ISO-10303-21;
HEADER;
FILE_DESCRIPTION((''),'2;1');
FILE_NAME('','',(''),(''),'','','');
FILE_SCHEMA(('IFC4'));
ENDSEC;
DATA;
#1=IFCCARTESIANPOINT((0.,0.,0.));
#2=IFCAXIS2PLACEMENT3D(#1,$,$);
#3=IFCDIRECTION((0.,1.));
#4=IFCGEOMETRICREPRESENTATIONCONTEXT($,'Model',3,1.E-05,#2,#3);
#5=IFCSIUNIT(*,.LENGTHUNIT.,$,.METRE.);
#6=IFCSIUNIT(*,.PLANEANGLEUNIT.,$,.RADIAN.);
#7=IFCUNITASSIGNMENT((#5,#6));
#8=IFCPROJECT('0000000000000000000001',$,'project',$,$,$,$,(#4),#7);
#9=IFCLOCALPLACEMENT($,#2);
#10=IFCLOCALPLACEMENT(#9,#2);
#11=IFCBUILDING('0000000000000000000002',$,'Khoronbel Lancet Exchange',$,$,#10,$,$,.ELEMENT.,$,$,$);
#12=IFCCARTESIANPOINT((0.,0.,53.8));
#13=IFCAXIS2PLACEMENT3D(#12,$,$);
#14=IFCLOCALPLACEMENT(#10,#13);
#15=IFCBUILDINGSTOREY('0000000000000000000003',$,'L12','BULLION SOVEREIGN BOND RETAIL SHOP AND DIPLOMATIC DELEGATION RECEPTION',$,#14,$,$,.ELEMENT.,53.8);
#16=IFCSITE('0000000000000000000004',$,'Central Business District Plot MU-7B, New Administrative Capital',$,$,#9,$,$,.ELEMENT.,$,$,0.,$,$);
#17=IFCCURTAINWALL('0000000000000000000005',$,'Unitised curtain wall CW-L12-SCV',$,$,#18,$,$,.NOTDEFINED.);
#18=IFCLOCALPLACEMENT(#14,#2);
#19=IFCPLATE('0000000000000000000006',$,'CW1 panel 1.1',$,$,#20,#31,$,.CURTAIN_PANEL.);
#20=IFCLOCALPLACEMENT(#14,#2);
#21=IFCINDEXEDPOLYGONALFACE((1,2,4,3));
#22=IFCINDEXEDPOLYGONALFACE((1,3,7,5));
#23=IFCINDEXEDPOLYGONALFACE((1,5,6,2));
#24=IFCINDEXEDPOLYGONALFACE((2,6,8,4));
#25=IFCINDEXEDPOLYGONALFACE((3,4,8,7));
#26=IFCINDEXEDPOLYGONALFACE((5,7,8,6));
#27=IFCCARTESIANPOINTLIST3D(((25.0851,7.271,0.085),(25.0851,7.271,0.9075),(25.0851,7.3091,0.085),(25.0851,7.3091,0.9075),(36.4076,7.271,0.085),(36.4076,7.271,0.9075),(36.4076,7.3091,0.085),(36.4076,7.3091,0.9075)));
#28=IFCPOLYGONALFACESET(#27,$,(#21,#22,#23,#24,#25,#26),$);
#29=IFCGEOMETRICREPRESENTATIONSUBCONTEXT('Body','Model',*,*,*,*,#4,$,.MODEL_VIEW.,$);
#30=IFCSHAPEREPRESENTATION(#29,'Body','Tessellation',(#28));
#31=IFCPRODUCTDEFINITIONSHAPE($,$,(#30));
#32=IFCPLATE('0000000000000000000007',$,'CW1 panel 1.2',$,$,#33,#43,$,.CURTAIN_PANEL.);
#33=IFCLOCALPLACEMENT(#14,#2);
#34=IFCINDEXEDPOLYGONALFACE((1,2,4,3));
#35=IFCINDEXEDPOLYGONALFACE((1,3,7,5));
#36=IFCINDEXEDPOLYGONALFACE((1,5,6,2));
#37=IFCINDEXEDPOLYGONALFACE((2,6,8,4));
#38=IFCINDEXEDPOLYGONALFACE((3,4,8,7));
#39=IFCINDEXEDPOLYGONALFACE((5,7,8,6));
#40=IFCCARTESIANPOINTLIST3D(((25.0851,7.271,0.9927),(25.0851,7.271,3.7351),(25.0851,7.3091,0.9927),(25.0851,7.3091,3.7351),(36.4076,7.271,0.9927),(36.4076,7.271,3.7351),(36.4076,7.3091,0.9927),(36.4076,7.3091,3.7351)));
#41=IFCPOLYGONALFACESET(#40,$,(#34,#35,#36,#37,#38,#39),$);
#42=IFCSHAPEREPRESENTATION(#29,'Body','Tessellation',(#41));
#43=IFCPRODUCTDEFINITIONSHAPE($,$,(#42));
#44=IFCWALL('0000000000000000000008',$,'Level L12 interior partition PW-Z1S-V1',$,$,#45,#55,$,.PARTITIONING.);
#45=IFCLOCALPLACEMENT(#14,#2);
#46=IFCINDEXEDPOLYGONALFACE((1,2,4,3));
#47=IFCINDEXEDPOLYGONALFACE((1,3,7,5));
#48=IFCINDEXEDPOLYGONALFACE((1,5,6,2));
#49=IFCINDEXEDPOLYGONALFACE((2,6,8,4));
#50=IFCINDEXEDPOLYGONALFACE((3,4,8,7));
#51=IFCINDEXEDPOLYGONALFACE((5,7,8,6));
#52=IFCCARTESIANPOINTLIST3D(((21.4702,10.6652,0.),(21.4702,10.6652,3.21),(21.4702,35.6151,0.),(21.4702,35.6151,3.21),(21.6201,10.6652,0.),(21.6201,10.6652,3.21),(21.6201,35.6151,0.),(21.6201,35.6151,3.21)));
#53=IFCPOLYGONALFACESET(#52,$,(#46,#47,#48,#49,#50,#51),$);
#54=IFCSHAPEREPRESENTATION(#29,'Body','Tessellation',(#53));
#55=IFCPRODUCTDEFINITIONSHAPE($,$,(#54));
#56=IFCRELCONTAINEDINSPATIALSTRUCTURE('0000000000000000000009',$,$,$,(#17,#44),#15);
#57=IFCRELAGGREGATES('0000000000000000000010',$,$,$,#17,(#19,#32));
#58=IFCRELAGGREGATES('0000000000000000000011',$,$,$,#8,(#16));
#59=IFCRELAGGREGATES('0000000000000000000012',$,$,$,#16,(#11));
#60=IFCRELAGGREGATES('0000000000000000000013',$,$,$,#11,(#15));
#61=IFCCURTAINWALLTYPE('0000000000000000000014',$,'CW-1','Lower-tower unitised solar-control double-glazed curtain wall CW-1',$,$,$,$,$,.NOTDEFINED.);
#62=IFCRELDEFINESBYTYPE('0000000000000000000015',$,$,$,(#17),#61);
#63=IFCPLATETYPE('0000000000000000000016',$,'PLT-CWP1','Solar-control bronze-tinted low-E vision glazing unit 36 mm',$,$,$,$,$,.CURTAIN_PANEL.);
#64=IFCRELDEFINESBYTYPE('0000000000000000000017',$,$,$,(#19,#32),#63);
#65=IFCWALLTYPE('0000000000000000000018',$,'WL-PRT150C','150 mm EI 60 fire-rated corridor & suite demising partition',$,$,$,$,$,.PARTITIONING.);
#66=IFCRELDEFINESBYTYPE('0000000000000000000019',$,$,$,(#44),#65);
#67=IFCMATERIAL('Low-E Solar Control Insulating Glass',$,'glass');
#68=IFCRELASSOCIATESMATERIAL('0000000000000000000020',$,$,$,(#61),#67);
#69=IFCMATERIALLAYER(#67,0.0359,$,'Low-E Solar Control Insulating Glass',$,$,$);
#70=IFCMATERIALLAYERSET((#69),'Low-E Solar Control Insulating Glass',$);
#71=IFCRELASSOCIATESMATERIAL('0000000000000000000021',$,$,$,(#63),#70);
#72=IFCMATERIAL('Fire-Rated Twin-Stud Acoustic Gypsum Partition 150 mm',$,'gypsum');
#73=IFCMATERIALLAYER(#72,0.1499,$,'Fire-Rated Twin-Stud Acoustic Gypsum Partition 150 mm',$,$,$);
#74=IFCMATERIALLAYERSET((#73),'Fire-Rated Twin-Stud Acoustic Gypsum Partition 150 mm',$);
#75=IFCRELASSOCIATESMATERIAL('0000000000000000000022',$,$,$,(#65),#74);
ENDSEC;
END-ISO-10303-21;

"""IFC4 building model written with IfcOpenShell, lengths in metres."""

from ifc_helpers import new_model, si_unit, direction, frame, frame_2d, origin, origin_2d, place, context, subcontext, project, spatial, rectangle, extrude, material, layer, layer_set, type_object, element, aggregate, save


model = new_model("IFC4")

# Units and contexts
model_context = context("Model", 3, precision=1e-05, world=origin(), true_north=direction((0.0, 1.0)))
body_context = subcontext(model_context, "Body", "Model", "MODEL_VIEW")
ifc_project = project(units=[si_unit("LENGTHUNIT", "METRE"), si_unit("PLANEANGLEUNIT", "RADIAN")], contexts=[model_context])

# Site, building, storey
site_placement = place(None, origin())
site = spatial("IfcSite", under=ifc_project, at=site_placement, Name="Central Business District Plot MU-7B, New Administrative Capital", CompositionType="ELEMENT", RefElevation=0.0)
building_placement = place(site_placement, origin())
building = spatial("IfcBuilding", under=site, at=building_placement, Name="Khoronbel Lancet Exchange", CompositionType="ELEMENT")
storey_placement = place(building_placement, frame((0.0, 0.0, 53.8)))
storey = spatial("IfcBuildingStorey", under=building, at=storey_placement, Name="L12", Description="BULLION SOVEREIGN BOND RETAIL SHOP AND DIPLOMATIC DELEGATION RECEPTION", CompositionType="ELEMENT", Elevation=53.8)

# Curtain wall
ifc_material_1 = material(Name="Low-E Solar Control Insulating Glass", Category="glass")
curtain_wall_type = type_object("IfcCurtainWallType", Name="CW-1", Description="Lower-tower unitised solar-control double-glazed curtain wall CW-1", PredefinedType="NOTDEFINED", material=ifc_material_1)
curtain_wall_1_placement = place(storey_placement, origin())
curtain_wall_1 = element("IfcCurtainWall", 1, at=curtain_wall_1_placement, inside=storey, type_object=curtain_wall_type, Name="Unitised curtain wall CW-L12-SCV", PredefinedType="NOTDEFINED")

# Plates
ifc_layer_1 = layer(ifc_material_1, 0.0359, Name="Low-E Solar Control Insulating Glass")
ifc_layer_set_1 = layer_set([ifc_layer_1], Name="Low-E Solar Control Insulating Glass")
plate_type_1 = type_object("IfcPlateType", Name="PLT-CWP1", Description="Solar-control bronze-tinted low-E vision glazing unit 36 mm", PredefinedType="CURTAIN_PANEL", material=ifc_layer_set_1)
plate_1_placement = place(storey_placement, frame((30.7463, 7.29, 0.085), z_axis=(0.0, 0.0, 1.0), x_axis=(1.0, 0.0, 0.0)))
plate_1 = element("IfcPlate", 2, at=plate_1_placement, type_object=plate_type_1, Name="CW1 panel 1.1", PredefinedType="CURTAIN_PANEL", context=body_context, shape_type="SweptSolid", body=[
    extrude(rectangle(XDim=11.3225, YDim=0.0381, at=origin_2d()), origin(), (0.0, 0.0, 1.0), 0.8225),
])
plate_2_placement = place(storey_placement, frame((30.7463, 7.29, 0.9927), z_axis=(0.0, 0.0, 1.0), x_axis=(1.0, 0.0, 0.0)))
plate_2 = element("IfcPlate", 3, at=plate_2_placement, type_object=plate_type_1, Name="CW1 panel 1.2", PredefinedType="CURTAIN_PANEL", context=body_context, shape_type="SweptSolid", body=[
    extrude(rectangle(XDim=11.3225, YDim=0.0381, at=origin_2d()), origin(), (0.0, 0.0, 1.0), 2.7424),
])
aggregate(curtain_wall_1, [plate_1, plate_2])

# Wall
ifc_material_2 = material(Name="Fire-Rated Twin-Stud Acoustic Gypsum Partition 150 mm", Category="gypsum")
ifc_layer_2 = layer(ifc_material_2, 0.1499, Name="Fire-Rated Twin-Stud Acoustic Gypsum Partition 150 mm")
ifc_layer_set_2 = layer_set([ifc_layer_2], Name="Fire-Rated Twin-Stud Acoustic Gypsum Partition 150 mm")
wall_type = type_object("IfcWallType", Name="WL-PRT150C", Description="150 mm EI 60 fire-rated corridor & suite demising partition", PredefinedType="PARTITIONING", material=ifc_layer_set_2)
wall_placement = place(storey_placement, frame((21.5452, 10.665, 0.0), z_axis=(0.0, 0.0, 1.0), x_axis=(0.0, 1.0, 0.0)))
element("IfcWall", 4, at=wall_placement, inside=storey, type_object=wall_type, Name="Level L12 interior partition PW-Z1S-V1", PredefinedType="PARTITIONING", context=body_context, shape_type="SweptSolid", body=[
    extrude(rectangle(XDim=24.95, YDim=0.1499, at=frame_2d((12.4751, 0.0))), origin(), (0.0, 0.0, 1.0), 3.21),
])

save(model, "model.ifc")
